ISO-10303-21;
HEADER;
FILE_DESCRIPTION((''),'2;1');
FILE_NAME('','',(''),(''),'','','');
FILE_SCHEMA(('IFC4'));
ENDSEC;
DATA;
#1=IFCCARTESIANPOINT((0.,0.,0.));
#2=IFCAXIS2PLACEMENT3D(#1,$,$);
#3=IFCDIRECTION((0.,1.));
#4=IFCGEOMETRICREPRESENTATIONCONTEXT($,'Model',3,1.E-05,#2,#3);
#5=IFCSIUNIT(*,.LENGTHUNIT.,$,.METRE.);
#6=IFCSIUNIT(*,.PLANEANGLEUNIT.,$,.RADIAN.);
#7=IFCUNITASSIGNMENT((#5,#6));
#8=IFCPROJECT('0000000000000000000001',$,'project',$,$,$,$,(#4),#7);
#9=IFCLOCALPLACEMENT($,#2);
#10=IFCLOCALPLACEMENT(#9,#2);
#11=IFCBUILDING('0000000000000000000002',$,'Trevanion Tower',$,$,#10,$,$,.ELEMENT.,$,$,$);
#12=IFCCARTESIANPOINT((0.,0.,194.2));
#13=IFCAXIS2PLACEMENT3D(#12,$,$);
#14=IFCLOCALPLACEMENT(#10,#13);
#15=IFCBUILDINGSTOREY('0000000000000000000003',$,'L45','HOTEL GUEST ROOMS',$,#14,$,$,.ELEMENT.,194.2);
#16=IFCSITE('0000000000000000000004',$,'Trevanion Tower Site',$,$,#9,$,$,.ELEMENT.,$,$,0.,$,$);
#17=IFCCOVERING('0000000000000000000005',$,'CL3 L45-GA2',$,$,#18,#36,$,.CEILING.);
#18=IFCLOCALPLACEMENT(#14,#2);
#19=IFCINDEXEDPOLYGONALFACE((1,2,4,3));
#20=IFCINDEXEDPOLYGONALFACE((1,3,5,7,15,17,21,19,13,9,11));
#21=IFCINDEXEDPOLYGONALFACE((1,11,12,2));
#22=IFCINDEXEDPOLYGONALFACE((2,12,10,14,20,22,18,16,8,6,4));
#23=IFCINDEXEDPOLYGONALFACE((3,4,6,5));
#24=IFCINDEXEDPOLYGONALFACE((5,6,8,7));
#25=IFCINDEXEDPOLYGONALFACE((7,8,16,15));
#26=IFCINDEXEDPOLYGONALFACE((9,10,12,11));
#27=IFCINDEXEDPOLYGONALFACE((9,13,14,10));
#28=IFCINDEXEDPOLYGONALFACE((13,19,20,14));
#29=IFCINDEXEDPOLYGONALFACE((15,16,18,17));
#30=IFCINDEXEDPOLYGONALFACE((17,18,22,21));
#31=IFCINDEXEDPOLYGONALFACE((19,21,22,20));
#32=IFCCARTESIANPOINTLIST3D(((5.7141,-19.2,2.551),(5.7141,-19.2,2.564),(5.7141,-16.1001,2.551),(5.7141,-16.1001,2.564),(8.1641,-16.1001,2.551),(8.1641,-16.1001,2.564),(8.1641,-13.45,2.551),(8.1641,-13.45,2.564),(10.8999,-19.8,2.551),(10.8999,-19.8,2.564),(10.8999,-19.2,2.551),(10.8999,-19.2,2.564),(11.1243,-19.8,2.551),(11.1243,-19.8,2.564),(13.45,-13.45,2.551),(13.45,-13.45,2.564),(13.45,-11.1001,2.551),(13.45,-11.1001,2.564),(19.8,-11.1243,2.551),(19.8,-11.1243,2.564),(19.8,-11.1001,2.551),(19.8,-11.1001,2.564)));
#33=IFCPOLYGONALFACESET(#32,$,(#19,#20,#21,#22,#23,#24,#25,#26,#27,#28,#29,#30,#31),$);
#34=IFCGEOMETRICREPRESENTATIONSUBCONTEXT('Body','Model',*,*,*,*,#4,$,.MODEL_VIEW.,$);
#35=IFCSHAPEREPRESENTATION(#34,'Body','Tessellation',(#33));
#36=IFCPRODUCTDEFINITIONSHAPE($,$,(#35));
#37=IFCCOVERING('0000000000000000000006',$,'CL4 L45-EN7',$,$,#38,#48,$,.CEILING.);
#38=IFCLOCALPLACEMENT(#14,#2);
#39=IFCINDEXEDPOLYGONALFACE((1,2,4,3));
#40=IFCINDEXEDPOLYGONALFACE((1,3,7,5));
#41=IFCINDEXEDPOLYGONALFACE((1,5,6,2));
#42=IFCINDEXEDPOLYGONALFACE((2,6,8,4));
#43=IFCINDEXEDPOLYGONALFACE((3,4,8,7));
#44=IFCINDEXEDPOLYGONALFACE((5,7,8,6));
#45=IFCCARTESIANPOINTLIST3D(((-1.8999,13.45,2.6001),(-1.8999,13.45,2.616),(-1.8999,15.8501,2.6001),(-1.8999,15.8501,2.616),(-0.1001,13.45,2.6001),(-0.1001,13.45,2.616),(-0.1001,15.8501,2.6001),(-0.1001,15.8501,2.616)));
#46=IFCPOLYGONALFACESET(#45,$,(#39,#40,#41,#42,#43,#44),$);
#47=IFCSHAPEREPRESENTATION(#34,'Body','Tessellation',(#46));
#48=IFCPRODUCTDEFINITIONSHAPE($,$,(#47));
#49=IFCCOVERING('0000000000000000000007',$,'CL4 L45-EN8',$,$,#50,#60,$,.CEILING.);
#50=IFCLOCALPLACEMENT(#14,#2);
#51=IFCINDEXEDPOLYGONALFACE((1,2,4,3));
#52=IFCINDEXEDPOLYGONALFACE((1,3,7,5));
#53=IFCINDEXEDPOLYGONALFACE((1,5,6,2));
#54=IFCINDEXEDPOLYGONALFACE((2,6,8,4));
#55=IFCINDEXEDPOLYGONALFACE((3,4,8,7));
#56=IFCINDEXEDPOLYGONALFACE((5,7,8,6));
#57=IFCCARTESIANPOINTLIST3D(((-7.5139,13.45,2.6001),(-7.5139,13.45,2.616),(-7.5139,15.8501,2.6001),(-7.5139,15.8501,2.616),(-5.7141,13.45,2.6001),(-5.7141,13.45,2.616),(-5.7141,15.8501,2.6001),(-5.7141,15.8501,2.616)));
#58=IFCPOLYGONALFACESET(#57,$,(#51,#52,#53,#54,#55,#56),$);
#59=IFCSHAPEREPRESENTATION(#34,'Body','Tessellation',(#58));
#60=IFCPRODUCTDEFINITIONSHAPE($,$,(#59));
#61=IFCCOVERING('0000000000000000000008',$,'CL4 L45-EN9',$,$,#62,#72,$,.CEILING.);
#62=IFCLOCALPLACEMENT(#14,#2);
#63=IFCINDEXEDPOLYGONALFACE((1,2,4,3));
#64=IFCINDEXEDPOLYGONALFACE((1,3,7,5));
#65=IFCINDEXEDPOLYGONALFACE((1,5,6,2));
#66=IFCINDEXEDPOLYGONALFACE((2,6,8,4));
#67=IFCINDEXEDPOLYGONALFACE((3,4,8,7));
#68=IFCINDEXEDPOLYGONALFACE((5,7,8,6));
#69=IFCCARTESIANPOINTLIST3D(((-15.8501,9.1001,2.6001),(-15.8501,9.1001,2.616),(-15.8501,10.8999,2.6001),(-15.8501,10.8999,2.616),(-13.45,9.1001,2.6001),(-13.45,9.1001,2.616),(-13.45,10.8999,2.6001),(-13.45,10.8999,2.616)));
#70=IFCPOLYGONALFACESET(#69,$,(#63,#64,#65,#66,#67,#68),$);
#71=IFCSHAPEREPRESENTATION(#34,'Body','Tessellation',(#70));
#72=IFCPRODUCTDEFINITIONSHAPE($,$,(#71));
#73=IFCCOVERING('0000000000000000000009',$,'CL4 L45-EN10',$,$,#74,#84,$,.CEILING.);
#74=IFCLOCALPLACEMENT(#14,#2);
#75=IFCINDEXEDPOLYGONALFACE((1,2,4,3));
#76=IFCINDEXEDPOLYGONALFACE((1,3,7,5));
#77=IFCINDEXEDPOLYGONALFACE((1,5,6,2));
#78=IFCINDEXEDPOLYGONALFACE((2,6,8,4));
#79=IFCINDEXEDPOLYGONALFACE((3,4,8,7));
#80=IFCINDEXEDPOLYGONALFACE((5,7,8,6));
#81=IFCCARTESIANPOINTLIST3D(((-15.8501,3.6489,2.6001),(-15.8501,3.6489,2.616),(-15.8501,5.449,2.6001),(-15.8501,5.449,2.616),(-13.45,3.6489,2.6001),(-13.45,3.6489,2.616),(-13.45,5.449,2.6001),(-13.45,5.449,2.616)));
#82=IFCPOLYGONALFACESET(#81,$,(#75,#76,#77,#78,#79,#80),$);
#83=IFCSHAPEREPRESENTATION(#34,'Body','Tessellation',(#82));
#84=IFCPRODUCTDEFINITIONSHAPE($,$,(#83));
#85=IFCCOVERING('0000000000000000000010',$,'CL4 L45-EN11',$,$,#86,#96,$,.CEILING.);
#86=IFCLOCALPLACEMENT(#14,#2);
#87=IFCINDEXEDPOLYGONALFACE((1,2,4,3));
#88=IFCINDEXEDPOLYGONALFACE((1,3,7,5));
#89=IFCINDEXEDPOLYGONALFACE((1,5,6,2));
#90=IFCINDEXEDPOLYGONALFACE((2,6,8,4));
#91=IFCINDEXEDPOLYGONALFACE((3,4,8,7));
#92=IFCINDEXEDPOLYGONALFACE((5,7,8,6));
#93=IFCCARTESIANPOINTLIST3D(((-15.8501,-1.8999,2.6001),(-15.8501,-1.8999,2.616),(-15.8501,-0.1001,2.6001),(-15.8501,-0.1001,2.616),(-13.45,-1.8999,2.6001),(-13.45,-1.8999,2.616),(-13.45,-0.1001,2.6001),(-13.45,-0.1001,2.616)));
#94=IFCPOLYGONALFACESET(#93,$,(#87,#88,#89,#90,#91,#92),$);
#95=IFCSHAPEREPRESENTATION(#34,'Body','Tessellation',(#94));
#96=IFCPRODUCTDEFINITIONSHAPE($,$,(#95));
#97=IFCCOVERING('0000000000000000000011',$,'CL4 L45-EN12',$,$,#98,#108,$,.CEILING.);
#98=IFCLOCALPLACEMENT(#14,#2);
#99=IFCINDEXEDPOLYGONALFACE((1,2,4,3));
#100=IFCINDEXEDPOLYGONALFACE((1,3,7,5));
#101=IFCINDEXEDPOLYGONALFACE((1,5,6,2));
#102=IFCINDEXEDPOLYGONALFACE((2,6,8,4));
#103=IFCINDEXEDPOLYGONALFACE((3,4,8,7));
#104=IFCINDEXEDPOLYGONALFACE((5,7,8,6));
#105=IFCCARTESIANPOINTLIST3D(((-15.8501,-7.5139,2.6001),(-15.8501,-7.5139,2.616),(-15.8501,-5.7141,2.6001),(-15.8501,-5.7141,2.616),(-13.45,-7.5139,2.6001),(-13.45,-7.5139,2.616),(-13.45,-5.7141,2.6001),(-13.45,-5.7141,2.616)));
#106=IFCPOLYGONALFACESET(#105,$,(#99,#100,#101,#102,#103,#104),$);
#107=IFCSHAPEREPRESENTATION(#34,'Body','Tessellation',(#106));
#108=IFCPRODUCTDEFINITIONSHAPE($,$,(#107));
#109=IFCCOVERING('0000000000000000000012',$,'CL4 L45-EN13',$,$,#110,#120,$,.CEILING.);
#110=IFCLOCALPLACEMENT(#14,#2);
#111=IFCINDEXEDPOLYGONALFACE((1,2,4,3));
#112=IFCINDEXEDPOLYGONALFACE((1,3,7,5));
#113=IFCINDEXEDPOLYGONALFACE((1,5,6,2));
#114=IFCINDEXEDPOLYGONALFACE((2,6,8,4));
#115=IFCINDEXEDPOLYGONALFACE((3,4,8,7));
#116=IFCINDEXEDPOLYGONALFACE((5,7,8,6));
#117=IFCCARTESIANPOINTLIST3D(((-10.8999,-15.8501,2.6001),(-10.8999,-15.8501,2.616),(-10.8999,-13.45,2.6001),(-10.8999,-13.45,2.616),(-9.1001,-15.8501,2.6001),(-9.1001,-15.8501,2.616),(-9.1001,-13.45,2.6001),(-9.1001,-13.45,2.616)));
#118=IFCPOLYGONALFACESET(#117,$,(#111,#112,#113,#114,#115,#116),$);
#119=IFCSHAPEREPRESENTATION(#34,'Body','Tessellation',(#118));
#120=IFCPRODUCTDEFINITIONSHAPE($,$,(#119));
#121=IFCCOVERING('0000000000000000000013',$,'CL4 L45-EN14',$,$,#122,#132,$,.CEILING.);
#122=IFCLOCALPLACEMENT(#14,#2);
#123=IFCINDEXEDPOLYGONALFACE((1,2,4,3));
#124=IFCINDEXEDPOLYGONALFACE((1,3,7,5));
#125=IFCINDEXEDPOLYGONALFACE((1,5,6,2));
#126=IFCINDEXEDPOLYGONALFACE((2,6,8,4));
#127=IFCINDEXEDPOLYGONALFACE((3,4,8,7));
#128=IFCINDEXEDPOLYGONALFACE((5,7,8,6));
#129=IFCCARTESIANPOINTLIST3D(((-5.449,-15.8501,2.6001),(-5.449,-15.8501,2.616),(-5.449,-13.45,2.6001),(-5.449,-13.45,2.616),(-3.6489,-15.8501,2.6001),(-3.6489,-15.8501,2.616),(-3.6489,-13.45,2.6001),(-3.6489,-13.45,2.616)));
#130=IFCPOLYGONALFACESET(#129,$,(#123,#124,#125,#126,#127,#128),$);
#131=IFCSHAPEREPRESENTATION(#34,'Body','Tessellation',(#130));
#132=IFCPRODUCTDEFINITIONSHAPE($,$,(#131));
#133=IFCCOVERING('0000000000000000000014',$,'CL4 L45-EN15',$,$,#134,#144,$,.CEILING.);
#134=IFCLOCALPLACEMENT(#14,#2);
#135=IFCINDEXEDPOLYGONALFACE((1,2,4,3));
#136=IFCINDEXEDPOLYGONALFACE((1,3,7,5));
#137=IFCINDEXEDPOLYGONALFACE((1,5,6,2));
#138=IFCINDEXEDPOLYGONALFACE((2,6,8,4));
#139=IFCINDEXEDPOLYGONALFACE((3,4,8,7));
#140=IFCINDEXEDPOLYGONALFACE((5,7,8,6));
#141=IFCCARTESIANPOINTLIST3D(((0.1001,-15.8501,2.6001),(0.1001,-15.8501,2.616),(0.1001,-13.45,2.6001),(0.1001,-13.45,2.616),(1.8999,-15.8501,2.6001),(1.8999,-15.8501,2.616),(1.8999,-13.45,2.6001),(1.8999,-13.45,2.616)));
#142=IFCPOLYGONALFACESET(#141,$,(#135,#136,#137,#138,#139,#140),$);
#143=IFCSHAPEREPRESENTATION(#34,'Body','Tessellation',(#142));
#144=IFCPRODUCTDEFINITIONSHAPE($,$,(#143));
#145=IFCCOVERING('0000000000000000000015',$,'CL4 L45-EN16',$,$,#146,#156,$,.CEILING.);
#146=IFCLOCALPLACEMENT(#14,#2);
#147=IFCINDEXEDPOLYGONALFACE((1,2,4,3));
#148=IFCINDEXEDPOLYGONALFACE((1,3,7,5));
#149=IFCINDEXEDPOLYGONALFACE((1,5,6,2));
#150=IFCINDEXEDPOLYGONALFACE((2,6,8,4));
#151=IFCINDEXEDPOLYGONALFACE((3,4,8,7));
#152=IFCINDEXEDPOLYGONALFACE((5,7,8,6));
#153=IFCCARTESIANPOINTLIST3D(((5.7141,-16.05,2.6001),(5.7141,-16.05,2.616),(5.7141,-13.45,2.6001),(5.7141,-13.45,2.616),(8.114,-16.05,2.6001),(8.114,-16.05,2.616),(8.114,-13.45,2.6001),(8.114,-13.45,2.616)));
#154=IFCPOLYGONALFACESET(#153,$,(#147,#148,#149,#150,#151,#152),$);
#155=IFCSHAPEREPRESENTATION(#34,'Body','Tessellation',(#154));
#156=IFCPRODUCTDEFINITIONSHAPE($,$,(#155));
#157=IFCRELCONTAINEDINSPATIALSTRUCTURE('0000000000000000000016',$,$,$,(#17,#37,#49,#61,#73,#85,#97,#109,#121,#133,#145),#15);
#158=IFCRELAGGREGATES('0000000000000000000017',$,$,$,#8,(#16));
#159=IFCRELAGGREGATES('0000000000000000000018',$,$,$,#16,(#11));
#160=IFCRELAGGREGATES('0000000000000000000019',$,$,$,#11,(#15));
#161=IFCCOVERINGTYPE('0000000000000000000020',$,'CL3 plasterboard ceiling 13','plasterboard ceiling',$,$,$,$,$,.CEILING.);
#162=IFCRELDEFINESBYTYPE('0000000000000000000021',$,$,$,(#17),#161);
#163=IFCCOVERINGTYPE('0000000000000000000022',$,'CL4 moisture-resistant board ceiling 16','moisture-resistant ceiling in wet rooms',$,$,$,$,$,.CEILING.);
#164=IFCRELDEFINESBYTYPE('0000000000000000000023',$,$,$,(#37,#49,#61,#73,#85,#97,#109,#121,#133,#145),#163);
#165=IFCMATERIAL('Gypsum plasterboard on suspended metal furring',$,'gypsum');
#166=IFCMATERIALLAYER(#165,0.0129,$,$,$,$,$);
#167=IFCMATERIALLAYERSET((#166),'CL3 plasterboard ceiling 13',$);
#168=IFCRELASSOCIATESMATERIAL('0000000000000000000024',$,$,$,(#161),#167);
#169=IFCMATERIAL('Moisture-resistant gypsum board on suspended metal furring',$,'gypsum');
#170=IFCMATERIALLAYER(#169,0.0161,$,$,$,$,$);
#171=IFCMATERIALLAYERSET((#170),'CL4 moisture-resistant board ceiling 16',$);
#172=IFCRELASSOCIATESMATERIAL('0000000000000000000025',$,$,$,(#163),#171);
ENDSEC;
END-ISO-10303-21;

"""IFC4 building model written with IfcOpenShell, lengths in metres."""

from ifc_helpers import new_model, si_unit, direction, frame, origin, place, context, subcontext, project, spatial, polyline, outline, extrude, material, layer, layer_set, type_object, element, save


model = new_model("IFC4")

# Units and contexts
model_context = context("Model", 3, precision=1e-05, world=origin(), true_north=direction((0.0, 1.0)))
body_context = subcontext(model_context, "Body", "Model", "MODEL_VIEW")
ifc_project = project(units=[si_unit("LENGTHUNIT", "METRE"), si_unit("PLANEANGLEUNIT", "RADIAN")], contexts=[model_context])

# Site, building, storey
site_placement = place(None, origin())
site = spatial("IfcSite", under=ifc_project, at=site_placement, Name="Trevanion Tower Site", CompositionType="ELEMENT", RefElevation=0.0)
building_placement = place(site_placement, origin())
building = spatial("IfcBuilding", under=site, at=building_placement, Name="Trevanion Tower", CompositionType="ELEMENT")
storey_placement = place(building_placement, frame((0.0, 0.0, 194.2)))
storey = spatial("IfcBuildingStorey", under=building, at=storey_placement, Name="L45", Description="HOTEL GUEST ROOMS", CompositionType="ELEMENT", Elevation=194.2)

# Coverings
ifc_material_1 = material(Name="Gypsum plasterboard on suspended metal furring", Category="gypsum")
ifc_layer_1 = layer(ifc_material_1, 0.0129)
ifc_layer_set_1 = layer_set([ifc_layer_1], Name="CL3 plasterboard ceiling 13")
covering_type_1 = type_object("IfcCoveringType", Name="CL3 plasterboard ceiling 13", Description="plasterboard ceiling", PredefinedType="CEILING", material=ifc_layer_set_1)
covering_1_placement = place(storey_placement, frame((0.0, 0.0, 2.551)))
element("IfcCovering", 1, at=covering_1_placement, inside=storey, type_object=covering_type_1, Name="CL3 L45-GA2", PredefinedType="CEILING", context=body_context, shape_type="SweptSolid", body=[
    extrude(outline(polyline([(13.45, -11.1001), (19.8, -11.1001), (19.8, -11.1243), (11.1243, -19.8), (10.8999, -19.8), (10.8999, -19.2), (5.7141, -19.2), (5.7141, -16.1001), (8.1641, -16.1001), (8.1641, -13.45), (13.45, -13.45), (13.45, -11.1001)])), origin(), (0.0, 0.0, 1.0), 0.0129),
])
ifc_material_2 = material(Name="Moisture-resistant gypsum board on suspended metal furring", Category="gypsum")
ifc_layer_2 = layer(ifc_material_2, 0.0161)
ifc_layer_set_2 = layer_set([ifc_layer_2], Name="CL4 moisture-resistant board ceiling 16")
covering_type_2 = type_object("IfcCoveringType", Name="CL4 moisture-resistant board ceiling 16", Description="moisture-resistant ceiling in wet rooms", PredefinedType="CEILING", material=ifc_layer_set_2)
covering_2_placement = place(storey_placement, frame((0.0, 0.0, 2.6001)))
element("IfcCovering", 2, at=covering_2_placement, inside=storey, type_object=covering_type_2, Name="CL4 L45-EN7", PredefinedType="CEILING", context=body_context, shape_type="SweptSolid", body=[
    extrude(outline(polyline([(-0.1001, 15.8501), (-1.8999, 15.8501), (-1.8999, 13.45), (-0.1001, 13.45), (-0.1001, 15.8501)])), origin(), (0.0, 0.0, 1.0), 0.0159),
])
covering_3_placement = place(storey_placement, frame((0.0, 0.0, 2.6001)))
element("IfcCovering", 3, at=covering_3_placement, inside=storey, type_object=covering_type_2, Name="CL4 L45-EN8", PredefinedType="CEILING", context=body_context, shape_type="SweptSolid", body=[
    extrude(outline(polyline([(-5.7141, 15.8501), (-7.5139, 15.8501), (-7.5139, 13.45), (-5.7141, 13.45), (-5.7141, 15.8501)])), origin(), (0.0, 0.0, 1.0), 0.0159),
])
covering_4_placement = place(storey_placement, frame((0.0, 0.0, 2.6001)))
element("IfcCovering", 4, at=covering_4_placement, inside=storey, type_object=covering_type_2, Name="CL4 L45-EN9", PredefinedType="CEILING", context=body_context, shape_type="SweptSolid", body=[
    extrude(outline(polyline([(-15.8501, 10.8999), (-15.8501, 9.1001), (-13.45, 9.1001), (-13.45, 10.8999), (-15.8501, 10.8999)])), origin(), (0.0, 0.0, 1.0), 0.0159),
])
covering_5_placement = place(storey_placement, frame((0.0, 0.0, 2.6001)))
element("IfcCovering", 5, at=covering_5_placement, inside=storey, type_object=covering_type_2, Name="CL4 L45-EN10", PredefinedType="CEILING", context=body_context, shape_type="SweptSolid", body=[
    extrude(outline(polyline([(-15.8501, 5.449), (-15.8501, 3.6489), (-13.45, 3.6489), (-13.45, 5.449), (-15.8501, 5.449)])), origin(), (0.0, 0.0, 1.0), 0.0159),
])
covering_6_placement = place(storey_placement, frame((0.0, 0.0, 2.6001)))
element("IfcCovering", 6, at=covering_6_placement, inside=storey, type_object=covering_type_2, Name="CL4 L45-EN11", PredefinedType="CEILING", context=body_context, shape_type="SweptSolid", body=[
    extrude(outline(polyline([(-15.8501, -0.1001), (-15.8501, -1.8999), (-13.45, -1.8999), (-13.45, -0.1001), (-15.8501, -0.1001)])), origin(), (0.0, 0.0, 1.0), 0.0159),
])
covering_7_placement = place(storey_placement, frame((0.0, 0.0, 2.6001)))
element("IfcCovering", 7, at=covering_7_placement, inside=storey, type_object=covering_type_2, Name="CL4 L45-EN12", PredefinedType="CEILING", context=body_context, shape_type="SweptSolid", body=[
    extrude(outline(polyline([(-15.8501, -5.7141), (-15.8501, -7.5139), (-13.45, -7.5139), (-13.45, -5.7141), (-15.8501, -5.7141)])), origin(), (0.0, 0.0, 1.0), 0.0159),
])
covering_8_placement = place(storey_placement, frame((0.0, 0.0, 2.6001)))
element("IfcCovering", 8, at=covering_8_placement, inside=storey, type_object=covering_type_2, Name="CL4 L45-EN13", PredefinedType="CEILING", context=body_context, shape_type="SweptSolid", body=[
    extrude(outline(polyline([(-10.8999, -15.8501), (-9.1001, -15.8501), (-9.1001, -13.45), (-10.8999, -13.45), (-10.8999, -15.8501)])), origin(), (0.0, 0.0, 1.0), 0.0159),
])
covering_9_placement = place(storey_placement, frame((0.0, 0.0, 2.6001)))
element("IfcCovering", 9, at=covering_9_placement, inside=storey, type_object=covering_type_2, Name="CL4 L45-EN14", PredefinedType="CEILING", context=body_context, shape_type="SweptSolid", body=[
    extrude(outline(polyline([(-5.449, -15.8501), (-3.6489, -15.8501), (-3.6489, -13.45), (-5.449, -13.45), (-5.449, -15.8501)])), origin(), (0.0, 0.0, 1.0), 0.0159),
])
covering_10_placement = place(storey_placement, frame((0.0, 0.0, 2.6001)))
element("IfcCovering", 10, at=covering_10_placement, inside=storey, type_object=covering_type_2, Name="CL4 L45-EN15", PredefinedType="CEILING", context=body_context, shape_type="SweptSolid", body=[
    extrude(outline(polyline([(0.1001, -15.8501), (1.8999, -15.8501), (1.8999, -13.45), (0.1001, -13.45), (0.1001, -15.8501)])), origin(), (0.0, 0.0, 1.0), 0.0159),
])
covering_11_placement = place(storey_placement, frame((0.0, 0.0, 2.6001)))
element("IfcCovering", 11, at=covering_11_placement, inside=storey, type_object=covering_type_2, Name="CL4 L45-EN16", PredefinedType="CEILING", context=body_context, shape_type="SweptSolid", body=[
    extrude(outline(polyline([(5.7141, -16.05), (8.114, -16.05), (8.114, -13.45), (5.7141, -13.45), (5.7141, -16.05)])), origin(), (0.0, 0.0, 1.0), 0.0159),
])

save(model, "model.ifc")
